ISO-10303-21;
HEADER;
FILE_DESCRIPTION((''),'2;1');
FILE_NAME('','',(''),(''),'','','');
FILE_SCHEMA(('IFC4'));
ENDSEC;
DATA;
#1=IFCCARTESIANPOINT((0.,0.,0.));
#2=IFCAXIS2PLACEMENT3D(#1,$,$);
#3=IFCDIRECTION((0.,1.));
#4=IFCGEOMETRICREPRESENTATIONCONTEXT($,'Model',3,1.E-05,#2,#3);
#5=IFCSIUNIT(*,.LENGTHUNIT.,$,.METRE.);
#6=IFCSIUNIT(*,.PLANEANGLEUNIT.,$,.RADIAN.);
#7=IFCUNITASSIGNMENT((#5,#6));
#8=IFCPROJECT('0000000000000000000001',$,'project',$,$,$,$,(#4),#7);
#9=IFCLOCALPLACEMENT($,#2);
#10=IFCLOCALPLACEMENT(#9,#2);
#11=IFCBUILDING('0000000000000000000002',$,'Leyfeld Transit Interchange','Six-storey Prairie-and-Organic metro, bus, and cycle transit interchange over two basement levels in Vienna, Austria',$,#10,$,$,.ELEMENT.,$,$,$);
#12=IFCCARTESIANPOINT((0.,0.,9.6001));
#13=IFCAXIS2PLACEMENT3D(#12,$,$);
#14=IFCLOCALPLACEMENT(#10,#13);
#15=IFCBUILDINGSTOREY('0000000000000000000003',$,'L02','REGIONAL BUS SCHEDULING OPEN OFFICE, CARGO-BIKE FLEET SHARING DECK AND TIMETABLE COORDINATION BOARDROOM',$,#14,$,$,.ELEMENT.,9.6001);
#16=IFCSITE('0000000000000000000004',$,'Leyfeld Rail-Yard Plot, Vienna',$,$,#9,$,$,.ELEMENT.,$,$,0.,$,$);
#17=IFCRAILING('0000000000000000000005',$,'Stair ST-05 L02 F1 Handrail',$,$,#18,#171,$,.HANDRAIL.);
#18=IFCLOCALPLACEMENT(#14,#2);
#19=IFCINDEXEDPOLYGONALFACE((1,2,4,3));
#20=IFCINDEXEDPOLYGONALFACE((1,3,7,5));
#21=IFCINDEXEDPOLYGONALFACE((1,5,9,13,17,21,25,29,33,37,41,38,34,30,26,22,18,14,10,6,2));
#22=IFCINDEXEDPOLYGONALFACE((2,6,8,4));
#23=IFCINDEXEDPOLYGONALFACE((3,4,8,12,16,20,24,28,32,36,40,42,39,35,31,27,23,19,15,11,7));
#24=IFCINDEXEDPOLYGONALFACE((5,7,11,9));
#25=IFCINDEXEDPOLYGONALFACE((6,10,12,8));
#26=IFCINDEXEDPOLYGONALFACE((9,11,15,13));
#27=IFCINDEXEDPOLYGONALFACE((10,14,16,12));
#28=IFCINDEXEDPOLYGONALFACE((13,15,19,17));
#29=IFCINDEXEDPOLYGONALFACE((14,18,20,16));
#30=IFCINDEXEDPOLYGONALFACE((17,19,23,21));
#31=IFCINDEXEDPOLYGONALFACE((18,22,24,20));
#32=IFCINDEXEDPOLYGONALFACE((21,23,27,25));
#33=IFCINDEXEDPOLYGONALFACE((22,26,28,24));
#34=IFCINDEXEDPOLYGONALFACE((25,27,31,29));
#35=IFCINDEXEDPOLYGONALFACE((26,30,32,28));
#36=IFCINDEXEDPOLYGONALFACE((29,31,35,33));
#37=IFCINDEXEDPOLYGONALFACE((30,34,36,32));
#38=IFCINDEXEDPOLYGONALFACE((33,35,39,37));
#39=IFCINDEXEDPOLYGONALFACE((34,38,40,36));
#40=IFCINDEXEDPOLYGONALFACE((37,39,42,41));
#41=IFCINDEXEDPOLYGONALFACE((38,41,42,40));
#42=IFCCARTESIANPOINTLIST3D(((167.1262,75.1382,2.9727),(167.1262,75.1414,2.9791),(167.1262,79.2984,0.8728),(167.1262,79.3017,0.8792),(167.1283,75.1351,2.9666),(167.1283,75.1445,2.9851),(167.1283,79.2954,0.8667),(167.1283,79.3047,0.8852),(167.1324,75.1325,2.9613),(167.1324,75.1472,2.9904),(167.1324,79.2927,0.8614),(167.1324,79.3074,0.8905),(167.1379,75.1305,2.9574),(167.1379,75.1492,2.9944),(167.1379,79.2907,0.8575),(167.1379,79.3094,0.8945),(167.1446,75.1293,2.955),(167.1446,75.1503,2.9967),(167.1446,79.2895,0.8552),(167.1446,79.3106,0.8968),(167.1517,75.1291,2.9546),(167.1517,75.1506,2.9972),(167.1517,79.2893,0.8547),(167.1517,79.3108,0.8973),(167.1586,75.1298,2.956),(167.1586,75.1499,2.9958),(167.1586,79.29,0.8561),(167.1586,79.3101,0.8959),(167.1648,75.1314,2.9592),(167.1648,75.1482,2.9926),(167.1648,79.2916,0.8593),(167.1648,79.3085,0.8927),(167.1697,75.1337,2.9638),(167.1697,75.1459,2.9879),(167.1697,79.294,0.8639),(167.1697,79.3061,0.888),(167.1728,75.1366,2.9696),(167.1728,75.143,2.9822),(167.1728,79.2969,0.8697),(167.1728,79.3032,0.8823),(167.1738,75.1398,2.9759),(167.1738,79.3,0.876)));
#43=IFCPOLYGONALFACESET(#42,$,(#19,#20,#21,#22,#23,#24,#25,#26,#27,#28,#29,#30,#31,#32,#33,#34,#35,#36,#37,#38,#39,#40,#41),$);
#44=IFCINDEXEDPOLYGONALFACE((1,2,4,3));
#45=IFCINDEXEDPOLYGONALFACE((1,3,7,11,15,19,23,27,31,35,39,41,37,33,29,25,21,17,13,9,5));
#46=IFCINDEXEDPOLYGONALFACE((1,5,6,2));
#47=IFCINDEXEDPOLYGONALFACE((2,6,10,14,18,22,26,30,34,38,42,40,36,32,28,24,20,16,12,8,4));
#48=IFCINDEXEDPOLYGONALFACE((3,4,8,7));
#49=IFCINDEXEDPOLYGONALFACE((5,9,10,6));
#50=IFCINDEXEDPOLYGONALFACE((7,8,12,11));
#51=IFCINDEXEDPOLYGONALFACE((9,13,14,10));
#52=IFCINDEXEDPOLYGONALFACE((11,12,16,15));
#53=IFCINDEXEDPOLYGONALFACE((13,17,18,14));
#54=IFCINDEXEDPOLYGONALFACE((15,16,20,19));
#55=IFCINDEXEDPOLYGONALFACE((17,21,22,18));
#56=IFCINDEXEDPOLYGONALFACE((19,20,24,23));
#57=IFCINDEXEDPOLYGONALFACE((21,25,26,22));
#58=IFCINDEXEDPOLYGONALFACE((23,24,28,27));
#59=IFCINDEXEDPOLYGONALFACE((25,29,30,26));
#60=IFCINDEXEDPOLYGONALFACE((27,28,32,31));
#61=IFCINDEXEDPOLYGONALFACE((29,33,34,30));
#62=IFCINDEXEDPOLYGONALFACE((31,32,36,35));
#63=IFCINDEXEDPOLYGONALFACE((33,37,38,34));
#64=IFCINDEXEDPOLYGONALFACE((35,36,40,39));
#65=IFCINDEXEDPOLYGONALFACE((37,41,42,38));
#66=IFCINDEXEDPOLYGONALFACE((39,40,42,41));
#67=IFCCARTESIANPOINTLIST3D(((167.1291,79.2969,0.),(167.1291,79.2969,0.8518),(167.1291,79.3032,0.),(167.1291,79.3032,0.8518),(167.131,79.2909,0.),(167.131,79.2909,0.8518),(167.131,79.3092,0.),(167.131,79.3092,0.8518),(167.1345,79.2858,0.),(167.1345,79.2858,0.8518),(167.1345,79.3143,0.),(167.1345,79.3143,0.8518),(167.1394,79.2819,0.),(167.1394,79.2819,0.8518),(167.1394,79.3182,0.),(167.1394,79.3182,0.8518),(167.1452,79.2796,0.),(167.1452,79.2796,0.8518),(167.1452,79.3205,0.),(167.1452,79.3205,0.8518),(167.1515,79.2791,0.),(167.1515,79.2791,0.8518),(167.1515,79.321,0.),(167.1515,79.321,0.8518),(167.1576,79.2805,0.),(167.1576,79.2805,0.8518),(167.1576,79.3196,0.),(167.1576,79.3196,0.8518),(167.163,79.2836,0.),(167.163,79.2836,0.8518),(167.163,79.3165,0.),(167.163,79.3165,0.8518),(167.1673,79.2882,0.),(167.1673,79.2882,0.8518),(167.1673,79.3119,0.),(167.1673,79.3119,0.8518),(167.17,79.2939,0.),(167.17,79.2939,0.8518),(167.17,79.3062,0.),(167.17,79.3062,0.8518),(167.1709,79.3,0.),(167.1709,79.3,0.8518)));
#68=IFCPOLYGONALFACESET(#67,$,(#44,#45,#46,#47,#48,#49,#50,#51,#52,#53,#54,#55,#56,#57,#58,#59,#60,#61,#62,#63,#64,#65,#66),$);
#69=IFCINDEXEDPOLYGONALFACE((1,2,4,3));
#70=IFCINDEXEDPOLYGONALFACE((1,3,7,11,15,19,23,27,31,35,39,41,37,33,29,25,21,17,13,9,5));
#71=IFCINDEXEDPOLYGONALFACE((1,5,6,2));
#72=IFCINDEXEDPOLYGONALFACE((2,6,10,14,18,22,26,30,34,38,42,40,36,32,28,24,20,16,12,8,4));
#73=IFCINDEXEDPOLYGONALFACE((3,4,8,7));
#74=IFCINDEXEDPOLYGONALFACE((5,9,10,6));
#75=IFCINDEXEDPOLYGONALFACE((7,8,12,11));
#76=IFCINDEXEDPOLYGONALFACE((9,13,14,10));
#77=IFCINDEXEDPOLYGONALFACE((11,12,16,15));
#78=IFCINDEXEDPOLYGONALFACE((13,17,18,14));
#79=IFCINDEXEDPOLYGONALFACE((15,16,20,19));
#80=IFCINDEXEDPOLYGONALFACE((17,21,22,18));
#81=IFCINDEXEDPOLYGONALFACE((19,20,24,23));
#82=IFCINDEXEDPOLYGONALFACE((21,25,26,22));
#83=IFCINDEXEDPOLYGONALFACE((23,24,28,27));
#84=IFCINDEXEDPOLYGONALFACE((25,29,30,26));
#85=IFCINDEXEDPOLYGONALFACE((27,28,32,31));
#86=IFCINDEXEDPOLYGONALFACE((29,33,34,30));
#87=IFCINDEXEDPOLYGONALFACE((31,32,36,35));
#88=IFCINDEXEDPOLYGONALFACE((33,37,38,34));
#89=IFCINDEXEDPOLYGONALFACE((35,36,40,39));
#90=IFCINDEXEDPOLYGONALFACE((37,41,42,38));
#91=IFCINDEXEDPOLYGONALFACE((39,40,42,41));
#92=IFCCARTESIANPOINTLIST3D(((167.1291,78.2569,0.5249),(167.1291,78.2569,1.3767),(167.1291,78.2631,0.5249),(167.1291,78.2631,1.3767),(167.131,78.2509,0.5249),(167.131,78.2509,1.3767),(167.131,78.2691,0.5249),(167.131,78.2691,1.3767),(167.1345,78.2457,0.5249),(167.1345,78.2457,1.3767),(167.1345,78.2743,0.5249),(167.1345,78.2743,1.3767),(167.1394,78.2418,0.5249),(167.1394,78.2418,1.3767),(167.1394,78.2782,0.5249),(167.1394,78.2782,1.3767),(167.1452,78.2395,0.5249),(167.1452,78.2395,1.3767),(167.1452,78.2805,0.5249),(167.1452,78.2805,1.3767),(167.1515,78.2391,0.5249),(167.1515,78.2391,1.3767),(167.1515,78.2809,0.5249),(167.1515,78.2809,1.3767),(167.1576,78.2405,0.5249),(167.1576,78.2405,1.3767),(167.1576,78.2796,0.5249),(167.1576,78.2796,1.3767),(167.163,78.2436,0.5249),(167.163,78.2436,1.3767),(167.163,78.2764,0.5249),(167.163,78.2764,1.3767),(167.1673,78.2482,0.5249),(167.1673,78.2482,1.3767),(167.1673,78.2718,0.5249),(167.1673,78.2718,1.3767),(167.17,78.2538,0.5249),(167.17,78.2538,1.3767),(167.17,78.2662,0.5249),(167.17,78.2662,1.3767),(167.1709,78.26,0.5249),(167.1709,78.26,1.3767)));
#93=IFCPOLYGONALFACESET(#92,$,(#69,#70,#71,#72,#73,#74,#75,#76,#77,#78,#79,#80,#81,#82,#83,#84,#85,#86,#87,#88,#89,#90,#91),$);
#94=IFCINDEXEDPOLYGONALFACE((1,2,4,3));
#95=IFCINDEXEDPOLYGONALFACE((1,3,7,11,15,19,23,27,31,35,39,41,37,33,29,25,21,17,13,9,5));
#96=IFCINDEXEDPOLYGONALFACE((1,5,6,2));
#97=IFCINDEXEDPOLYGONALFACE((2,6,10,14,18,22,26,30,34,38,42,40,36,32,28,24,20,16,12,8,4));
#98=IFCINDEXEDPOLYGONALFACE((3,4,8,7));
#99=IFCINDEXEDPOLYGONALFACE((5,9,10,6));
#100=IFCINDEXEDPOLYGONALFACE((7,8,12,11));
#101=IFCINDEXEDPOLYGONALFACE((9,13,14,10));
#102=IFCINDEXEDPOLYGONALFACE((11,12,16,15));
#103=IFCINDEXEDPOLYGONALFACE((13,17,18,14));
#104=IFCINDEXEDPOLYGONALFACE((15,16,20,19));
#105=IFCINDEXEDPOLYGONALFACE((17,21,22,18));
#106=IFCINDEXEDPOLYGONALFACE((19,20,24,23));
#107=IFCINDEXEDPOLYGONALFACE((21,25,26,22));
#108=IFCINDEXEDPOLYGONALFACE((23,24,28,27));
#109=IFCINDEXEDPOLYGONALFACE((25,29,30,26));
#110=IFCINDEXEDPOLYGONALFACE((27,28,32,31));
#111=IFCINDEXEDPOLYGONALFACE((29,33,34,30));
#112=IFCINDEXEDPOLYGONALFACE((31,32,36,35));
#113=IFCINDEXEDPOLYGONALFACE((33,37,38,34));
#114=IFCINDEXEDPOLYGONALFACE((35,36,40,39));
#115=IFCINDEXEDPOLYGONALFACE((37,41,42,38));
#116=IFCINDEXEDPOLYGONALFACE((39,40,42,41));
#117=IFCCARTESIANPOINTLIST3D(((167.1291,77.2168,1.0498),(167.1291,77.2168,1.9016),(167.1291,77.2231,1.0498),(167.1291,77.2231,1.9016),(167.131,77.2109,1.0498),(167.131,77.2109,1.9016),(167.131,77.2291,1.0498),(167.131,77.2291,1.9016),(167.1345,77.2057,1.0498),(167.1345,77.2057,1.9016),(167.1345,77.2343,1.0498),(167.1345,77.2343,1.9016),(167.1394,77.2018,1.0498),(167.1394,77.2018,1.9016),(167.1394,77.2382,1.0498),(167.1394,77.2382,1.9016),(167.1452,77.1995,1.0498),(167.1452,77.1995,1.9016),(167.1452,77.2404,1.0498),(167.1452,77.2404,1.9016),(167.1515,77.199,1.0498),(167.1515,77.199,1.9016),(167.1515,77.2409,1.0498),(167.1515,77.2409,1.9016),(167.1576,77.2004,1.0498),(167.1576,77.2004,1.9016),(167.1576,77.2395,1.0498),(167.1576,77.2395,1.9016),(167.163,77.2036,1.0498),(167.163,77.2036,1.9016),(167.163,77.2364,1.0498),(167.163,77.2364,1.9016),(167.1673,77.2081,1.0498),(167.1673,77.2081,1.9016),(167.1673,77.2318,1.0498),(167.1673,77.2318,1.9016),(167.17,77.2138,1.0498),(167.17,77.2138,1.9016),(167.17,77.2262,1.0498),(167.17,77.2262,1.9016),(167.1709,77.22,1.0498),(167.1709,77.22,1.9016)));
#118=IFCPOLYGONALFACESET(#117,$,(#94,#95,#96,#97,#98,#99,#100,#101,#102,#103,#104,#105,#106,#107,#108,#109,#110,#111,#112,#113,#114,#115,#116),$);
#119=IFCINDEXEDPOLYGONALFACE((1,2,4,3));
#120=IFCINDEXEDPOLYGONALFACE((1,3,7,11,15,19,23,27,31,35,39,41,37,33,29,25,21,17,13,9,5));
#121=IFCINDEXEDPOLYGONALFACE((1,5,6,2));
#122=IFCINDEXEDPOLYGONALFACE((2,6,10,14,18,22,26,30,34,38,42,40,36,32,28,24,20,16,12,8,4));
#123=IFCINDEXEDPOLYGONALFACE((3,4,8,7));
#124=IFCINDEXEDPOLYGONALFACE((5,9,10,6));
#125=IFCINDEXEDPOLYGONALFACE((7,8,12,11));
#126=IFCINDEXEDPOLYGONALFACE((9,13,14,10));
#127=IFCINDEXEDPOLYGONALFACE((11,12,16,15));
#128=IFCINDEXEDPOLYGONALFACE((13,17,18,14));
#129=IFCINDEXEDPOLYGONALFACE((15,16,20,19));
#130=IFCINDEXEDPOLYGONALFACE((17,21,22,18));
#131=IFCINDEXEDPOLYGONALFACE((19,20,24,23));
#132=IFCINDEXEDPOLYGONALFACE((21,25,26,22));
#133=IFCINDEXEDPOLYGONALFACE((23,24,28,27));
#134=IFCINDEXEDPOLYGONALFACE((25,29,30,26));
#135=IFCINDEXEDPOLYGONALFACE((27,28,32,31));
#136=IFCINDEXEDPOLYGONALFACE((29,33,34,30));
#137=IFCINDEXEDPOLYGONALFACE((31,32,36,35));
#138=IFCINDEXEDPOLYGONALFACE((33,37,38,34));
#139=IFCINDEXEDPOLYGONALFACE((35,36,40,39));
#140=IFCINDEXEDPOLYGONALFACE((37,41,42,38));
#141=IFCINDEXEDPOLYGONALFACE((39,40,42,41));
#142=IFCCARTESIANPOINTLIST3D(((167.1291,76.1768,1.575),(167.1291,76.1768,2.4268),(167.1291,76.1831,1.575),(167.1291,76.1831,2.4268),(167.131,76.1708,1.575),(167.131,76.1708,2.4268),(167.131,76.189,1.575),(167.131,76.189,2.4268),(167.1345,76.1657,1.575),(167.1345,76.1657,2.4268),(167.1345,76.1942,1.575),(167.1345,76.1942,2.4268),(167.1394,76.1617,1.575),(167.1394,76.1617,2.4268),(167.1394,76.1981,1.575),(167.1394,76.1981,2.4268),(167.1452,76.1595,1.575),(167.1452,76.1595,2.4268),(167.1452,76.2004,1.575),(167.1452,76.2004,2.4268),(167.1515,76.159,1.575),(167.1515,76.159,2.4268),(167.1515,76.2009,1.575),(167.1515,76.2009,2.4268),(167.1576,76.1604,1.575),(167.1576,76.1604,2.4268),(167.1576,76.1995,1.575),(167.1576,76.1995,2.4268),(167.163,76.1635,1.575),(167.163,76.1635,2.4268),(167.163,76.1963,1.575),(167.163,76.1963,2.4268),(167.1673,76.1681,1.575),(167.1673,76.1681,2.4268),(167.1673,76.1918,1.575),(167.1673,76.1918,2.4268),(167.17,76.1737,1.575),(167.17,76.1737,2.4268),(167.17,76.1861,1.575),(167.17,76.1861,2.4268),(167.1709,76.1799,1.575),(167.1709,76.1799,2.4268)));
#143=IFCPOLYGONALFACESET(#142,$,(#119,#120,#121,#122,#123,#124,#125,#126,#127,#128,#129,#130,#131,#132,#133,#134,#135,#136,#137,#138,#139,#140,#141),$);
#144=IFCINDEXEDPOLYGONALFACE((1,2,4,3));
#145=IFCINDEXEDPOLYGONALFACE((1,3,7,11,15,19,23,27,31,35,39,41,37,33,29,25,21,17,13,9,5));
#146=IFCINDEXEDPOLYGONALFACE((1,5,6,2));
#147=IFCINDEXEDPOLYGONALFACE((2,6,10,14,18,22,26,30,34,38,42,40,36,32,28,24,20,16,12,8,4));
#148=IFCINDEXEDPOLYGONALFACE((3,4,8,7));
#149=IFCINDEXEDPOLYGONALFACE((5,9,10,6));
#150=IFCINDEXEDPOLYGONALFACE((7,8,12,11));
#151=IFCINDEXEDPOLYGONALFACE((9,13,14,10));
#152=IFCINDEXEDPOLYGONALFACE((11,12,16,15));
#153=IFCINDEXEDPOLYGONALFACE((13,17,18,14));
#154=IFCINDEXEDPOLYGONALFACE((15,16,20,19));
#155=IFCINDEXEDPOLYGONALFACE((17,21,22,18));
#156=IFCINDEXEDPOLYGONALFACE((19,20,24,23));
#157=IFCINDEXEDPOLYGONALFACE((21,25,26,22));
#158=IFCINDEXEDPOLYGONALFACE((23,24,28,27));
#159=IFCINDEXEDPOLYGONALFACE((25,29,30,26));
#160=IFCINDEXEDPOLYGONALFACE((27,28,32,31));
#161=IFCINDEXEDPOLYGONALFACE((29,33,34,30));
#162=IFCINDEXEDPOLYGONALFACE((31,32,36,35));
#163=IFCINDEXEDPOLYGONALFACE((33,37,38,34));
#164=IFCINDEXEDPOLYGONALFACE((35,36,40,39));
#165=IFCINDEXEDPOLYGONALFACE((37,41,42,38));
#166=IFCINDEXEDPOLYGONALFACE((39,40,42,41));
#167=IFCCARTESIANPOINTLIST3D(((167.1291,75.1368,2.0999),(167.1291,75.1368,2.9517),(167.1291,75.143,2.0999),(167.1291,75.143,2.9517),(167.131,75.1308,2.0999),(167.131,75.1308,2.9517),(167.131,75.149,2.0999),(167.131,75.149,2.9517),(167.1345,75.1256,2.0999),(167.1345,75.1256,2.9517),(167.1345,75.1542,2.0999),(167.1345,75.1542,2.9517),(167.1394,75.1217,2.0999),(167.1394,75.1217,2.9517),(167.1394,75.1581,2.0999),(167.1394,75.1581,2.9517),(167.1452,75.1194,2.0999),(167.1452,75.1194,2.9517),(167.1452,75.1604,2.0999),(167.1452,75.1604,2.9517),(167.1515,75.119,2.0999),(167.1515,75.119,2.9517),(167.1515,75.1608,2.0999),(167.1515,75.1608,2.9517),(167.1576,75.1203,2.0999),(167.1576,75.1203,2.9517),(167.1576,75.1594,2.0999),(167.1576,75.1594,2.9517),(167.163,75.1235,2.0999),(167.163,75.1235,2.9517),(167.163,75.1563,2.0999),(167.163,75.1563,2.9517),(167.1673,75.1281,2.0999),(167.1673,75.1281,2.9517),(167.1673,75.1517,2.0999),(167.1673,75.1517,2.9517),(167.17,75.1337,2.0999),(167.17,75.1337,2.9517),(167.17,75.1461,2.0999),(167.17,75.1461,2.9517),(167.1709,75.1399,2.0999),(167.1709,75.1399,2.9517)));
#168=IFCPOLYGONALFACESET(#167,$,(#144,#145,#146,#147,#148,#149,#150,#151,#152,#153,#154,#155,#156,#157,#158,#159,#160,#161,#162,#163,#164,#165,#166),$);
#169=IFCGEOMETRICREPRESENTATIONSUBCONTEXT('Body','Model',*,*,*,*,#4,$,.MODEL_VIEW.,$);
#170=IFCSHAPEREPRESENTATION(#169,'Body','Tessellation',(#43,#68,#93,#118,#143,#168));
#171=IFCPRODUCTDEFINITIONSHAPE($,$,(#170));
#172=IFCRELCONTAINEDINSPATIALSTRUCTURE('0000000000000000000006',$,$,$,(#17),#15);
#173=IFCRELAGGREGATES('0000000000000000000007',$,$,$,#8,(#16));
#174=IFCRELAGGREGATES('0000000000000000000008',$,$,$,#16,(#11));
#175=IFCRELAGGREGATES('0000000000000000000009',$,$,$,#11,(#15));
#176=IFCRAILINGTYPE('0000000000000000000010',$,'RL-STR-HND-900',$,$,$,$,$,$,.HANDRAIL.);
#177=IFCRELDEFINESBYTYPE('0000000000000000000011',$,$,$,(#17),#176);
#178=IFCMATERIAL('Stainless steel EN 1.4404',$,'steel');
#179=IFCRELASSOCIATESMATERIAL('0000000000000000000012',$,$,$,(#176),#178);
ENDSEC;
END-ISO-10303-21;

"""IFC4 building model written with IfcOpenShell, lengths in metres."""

from ifc_helpers import new_model, si_unit, direction, frame, origin, origin_2d, place, context, subcontext, project, spatial, circle, extrude, material, type_object, element, save


model = new_model("IFC4")

# Units and contexts
model_context = context("Model", 3, precision=1e-05, world=origin(), true_north=direction((0.0, 1.0)))
body_context = subcontext(model_context, "Body", "Model", "MODEL_VIEW")
ifc_project = project(units=[si_unit("LENGTHUNIT", "METRE"), si_unit("PLANEANGLEUNIT", "RADIAN")], contexts=[model_context])

# Site, building, storey
site_placement = place(None, origin())
site = spatial("IfcSite", under=ifc_project, at=site_placement, Name="Leyfeld Rail-Yard Plot, Vienna", CompositionType="ELEMENT", RefElevation=0.0)
building_placement = place(site_placement, origin())
building = spatial("IfcBuilding", under=site, at=building_placement, Name="Leyfeld Transit Interchange", Description="Six-storey Prairie-and-Organic metro, bus, and cycle transit interchange over two basement levels in Vienna, Austria", CompositionType="ELEMENT")
storey_placement = place(building_placement, frame((0.0, 0.0, 9.6001)))
storey = spatial("IfcBuildingStorey", under=building, at=storey_placement, Name="L02", Description="REGIONAL BUS SCHEDULING OPEN OFFICE, CARGO-BIKE FLEET SHARING DECK AND TIMETABLE COORDINATION BOARDROOM", CompositionType="ELEMENT", Elevation=9.6001)

# Railing
ifc_material_1 = material(Name="Stainless steel EN 1.4404", Category="steel")
railing_type_1 = type_object("IfcRailingType", Name="RL-STR-HND-900", PredefinedType="HANDRAIL", material=ifc_material_1)
railing_1_placement = place(storey_placement, frame((167.1499, 79.3, 0.0)))
element("IfcRailing", 1, at=railing_1_placement, inside=storey, type_object=railing_type_1, Name="Stair ST-05 L02 F1 Handrail", PredefinedType="HANDRAIL", context=body_context, shape_type="SweptSolid", body=[
    extrude(circle(Radius=0.0239, at=origin_2d()), frame((0.0, 0.0, 0.876), z_axis=(0.0, -0.892723, 0.450605), x_axis=(1.0, 0.0, 0.0)), (0.0, 0.0, 1.0), 4.6602),
    extrude(circle(Radius=0.021, at=origin_2d()), origin(), (0.0, 0.0, 1.0), 0.8518),
    extrude(circle(Radius=0.021, at=origin_2d()), frame((0.0, -1.04, 0.5249)), (0.0, 0.0, 1.0), 0.8518),
    extrude(circle(Radius=0.021, at=origin_2d()), frame((0.0, -2.0801, 1.0498)), (0.0, 0.0, 1.0), 0.8518),
    extrude(circle(Radius=0.021, at=origin_2d()), frame((0.0, -3.1201, 1.575)), (0.0, 0.0, 1.0), 0.8518),
    extrude(circle(Radius=0.021, at=origin_2d()), frame((0.0, -4.1602, 2.0999)), (0.0, 0.0, 1.0), 0.8518),
])

save(model, "model.ifc")
